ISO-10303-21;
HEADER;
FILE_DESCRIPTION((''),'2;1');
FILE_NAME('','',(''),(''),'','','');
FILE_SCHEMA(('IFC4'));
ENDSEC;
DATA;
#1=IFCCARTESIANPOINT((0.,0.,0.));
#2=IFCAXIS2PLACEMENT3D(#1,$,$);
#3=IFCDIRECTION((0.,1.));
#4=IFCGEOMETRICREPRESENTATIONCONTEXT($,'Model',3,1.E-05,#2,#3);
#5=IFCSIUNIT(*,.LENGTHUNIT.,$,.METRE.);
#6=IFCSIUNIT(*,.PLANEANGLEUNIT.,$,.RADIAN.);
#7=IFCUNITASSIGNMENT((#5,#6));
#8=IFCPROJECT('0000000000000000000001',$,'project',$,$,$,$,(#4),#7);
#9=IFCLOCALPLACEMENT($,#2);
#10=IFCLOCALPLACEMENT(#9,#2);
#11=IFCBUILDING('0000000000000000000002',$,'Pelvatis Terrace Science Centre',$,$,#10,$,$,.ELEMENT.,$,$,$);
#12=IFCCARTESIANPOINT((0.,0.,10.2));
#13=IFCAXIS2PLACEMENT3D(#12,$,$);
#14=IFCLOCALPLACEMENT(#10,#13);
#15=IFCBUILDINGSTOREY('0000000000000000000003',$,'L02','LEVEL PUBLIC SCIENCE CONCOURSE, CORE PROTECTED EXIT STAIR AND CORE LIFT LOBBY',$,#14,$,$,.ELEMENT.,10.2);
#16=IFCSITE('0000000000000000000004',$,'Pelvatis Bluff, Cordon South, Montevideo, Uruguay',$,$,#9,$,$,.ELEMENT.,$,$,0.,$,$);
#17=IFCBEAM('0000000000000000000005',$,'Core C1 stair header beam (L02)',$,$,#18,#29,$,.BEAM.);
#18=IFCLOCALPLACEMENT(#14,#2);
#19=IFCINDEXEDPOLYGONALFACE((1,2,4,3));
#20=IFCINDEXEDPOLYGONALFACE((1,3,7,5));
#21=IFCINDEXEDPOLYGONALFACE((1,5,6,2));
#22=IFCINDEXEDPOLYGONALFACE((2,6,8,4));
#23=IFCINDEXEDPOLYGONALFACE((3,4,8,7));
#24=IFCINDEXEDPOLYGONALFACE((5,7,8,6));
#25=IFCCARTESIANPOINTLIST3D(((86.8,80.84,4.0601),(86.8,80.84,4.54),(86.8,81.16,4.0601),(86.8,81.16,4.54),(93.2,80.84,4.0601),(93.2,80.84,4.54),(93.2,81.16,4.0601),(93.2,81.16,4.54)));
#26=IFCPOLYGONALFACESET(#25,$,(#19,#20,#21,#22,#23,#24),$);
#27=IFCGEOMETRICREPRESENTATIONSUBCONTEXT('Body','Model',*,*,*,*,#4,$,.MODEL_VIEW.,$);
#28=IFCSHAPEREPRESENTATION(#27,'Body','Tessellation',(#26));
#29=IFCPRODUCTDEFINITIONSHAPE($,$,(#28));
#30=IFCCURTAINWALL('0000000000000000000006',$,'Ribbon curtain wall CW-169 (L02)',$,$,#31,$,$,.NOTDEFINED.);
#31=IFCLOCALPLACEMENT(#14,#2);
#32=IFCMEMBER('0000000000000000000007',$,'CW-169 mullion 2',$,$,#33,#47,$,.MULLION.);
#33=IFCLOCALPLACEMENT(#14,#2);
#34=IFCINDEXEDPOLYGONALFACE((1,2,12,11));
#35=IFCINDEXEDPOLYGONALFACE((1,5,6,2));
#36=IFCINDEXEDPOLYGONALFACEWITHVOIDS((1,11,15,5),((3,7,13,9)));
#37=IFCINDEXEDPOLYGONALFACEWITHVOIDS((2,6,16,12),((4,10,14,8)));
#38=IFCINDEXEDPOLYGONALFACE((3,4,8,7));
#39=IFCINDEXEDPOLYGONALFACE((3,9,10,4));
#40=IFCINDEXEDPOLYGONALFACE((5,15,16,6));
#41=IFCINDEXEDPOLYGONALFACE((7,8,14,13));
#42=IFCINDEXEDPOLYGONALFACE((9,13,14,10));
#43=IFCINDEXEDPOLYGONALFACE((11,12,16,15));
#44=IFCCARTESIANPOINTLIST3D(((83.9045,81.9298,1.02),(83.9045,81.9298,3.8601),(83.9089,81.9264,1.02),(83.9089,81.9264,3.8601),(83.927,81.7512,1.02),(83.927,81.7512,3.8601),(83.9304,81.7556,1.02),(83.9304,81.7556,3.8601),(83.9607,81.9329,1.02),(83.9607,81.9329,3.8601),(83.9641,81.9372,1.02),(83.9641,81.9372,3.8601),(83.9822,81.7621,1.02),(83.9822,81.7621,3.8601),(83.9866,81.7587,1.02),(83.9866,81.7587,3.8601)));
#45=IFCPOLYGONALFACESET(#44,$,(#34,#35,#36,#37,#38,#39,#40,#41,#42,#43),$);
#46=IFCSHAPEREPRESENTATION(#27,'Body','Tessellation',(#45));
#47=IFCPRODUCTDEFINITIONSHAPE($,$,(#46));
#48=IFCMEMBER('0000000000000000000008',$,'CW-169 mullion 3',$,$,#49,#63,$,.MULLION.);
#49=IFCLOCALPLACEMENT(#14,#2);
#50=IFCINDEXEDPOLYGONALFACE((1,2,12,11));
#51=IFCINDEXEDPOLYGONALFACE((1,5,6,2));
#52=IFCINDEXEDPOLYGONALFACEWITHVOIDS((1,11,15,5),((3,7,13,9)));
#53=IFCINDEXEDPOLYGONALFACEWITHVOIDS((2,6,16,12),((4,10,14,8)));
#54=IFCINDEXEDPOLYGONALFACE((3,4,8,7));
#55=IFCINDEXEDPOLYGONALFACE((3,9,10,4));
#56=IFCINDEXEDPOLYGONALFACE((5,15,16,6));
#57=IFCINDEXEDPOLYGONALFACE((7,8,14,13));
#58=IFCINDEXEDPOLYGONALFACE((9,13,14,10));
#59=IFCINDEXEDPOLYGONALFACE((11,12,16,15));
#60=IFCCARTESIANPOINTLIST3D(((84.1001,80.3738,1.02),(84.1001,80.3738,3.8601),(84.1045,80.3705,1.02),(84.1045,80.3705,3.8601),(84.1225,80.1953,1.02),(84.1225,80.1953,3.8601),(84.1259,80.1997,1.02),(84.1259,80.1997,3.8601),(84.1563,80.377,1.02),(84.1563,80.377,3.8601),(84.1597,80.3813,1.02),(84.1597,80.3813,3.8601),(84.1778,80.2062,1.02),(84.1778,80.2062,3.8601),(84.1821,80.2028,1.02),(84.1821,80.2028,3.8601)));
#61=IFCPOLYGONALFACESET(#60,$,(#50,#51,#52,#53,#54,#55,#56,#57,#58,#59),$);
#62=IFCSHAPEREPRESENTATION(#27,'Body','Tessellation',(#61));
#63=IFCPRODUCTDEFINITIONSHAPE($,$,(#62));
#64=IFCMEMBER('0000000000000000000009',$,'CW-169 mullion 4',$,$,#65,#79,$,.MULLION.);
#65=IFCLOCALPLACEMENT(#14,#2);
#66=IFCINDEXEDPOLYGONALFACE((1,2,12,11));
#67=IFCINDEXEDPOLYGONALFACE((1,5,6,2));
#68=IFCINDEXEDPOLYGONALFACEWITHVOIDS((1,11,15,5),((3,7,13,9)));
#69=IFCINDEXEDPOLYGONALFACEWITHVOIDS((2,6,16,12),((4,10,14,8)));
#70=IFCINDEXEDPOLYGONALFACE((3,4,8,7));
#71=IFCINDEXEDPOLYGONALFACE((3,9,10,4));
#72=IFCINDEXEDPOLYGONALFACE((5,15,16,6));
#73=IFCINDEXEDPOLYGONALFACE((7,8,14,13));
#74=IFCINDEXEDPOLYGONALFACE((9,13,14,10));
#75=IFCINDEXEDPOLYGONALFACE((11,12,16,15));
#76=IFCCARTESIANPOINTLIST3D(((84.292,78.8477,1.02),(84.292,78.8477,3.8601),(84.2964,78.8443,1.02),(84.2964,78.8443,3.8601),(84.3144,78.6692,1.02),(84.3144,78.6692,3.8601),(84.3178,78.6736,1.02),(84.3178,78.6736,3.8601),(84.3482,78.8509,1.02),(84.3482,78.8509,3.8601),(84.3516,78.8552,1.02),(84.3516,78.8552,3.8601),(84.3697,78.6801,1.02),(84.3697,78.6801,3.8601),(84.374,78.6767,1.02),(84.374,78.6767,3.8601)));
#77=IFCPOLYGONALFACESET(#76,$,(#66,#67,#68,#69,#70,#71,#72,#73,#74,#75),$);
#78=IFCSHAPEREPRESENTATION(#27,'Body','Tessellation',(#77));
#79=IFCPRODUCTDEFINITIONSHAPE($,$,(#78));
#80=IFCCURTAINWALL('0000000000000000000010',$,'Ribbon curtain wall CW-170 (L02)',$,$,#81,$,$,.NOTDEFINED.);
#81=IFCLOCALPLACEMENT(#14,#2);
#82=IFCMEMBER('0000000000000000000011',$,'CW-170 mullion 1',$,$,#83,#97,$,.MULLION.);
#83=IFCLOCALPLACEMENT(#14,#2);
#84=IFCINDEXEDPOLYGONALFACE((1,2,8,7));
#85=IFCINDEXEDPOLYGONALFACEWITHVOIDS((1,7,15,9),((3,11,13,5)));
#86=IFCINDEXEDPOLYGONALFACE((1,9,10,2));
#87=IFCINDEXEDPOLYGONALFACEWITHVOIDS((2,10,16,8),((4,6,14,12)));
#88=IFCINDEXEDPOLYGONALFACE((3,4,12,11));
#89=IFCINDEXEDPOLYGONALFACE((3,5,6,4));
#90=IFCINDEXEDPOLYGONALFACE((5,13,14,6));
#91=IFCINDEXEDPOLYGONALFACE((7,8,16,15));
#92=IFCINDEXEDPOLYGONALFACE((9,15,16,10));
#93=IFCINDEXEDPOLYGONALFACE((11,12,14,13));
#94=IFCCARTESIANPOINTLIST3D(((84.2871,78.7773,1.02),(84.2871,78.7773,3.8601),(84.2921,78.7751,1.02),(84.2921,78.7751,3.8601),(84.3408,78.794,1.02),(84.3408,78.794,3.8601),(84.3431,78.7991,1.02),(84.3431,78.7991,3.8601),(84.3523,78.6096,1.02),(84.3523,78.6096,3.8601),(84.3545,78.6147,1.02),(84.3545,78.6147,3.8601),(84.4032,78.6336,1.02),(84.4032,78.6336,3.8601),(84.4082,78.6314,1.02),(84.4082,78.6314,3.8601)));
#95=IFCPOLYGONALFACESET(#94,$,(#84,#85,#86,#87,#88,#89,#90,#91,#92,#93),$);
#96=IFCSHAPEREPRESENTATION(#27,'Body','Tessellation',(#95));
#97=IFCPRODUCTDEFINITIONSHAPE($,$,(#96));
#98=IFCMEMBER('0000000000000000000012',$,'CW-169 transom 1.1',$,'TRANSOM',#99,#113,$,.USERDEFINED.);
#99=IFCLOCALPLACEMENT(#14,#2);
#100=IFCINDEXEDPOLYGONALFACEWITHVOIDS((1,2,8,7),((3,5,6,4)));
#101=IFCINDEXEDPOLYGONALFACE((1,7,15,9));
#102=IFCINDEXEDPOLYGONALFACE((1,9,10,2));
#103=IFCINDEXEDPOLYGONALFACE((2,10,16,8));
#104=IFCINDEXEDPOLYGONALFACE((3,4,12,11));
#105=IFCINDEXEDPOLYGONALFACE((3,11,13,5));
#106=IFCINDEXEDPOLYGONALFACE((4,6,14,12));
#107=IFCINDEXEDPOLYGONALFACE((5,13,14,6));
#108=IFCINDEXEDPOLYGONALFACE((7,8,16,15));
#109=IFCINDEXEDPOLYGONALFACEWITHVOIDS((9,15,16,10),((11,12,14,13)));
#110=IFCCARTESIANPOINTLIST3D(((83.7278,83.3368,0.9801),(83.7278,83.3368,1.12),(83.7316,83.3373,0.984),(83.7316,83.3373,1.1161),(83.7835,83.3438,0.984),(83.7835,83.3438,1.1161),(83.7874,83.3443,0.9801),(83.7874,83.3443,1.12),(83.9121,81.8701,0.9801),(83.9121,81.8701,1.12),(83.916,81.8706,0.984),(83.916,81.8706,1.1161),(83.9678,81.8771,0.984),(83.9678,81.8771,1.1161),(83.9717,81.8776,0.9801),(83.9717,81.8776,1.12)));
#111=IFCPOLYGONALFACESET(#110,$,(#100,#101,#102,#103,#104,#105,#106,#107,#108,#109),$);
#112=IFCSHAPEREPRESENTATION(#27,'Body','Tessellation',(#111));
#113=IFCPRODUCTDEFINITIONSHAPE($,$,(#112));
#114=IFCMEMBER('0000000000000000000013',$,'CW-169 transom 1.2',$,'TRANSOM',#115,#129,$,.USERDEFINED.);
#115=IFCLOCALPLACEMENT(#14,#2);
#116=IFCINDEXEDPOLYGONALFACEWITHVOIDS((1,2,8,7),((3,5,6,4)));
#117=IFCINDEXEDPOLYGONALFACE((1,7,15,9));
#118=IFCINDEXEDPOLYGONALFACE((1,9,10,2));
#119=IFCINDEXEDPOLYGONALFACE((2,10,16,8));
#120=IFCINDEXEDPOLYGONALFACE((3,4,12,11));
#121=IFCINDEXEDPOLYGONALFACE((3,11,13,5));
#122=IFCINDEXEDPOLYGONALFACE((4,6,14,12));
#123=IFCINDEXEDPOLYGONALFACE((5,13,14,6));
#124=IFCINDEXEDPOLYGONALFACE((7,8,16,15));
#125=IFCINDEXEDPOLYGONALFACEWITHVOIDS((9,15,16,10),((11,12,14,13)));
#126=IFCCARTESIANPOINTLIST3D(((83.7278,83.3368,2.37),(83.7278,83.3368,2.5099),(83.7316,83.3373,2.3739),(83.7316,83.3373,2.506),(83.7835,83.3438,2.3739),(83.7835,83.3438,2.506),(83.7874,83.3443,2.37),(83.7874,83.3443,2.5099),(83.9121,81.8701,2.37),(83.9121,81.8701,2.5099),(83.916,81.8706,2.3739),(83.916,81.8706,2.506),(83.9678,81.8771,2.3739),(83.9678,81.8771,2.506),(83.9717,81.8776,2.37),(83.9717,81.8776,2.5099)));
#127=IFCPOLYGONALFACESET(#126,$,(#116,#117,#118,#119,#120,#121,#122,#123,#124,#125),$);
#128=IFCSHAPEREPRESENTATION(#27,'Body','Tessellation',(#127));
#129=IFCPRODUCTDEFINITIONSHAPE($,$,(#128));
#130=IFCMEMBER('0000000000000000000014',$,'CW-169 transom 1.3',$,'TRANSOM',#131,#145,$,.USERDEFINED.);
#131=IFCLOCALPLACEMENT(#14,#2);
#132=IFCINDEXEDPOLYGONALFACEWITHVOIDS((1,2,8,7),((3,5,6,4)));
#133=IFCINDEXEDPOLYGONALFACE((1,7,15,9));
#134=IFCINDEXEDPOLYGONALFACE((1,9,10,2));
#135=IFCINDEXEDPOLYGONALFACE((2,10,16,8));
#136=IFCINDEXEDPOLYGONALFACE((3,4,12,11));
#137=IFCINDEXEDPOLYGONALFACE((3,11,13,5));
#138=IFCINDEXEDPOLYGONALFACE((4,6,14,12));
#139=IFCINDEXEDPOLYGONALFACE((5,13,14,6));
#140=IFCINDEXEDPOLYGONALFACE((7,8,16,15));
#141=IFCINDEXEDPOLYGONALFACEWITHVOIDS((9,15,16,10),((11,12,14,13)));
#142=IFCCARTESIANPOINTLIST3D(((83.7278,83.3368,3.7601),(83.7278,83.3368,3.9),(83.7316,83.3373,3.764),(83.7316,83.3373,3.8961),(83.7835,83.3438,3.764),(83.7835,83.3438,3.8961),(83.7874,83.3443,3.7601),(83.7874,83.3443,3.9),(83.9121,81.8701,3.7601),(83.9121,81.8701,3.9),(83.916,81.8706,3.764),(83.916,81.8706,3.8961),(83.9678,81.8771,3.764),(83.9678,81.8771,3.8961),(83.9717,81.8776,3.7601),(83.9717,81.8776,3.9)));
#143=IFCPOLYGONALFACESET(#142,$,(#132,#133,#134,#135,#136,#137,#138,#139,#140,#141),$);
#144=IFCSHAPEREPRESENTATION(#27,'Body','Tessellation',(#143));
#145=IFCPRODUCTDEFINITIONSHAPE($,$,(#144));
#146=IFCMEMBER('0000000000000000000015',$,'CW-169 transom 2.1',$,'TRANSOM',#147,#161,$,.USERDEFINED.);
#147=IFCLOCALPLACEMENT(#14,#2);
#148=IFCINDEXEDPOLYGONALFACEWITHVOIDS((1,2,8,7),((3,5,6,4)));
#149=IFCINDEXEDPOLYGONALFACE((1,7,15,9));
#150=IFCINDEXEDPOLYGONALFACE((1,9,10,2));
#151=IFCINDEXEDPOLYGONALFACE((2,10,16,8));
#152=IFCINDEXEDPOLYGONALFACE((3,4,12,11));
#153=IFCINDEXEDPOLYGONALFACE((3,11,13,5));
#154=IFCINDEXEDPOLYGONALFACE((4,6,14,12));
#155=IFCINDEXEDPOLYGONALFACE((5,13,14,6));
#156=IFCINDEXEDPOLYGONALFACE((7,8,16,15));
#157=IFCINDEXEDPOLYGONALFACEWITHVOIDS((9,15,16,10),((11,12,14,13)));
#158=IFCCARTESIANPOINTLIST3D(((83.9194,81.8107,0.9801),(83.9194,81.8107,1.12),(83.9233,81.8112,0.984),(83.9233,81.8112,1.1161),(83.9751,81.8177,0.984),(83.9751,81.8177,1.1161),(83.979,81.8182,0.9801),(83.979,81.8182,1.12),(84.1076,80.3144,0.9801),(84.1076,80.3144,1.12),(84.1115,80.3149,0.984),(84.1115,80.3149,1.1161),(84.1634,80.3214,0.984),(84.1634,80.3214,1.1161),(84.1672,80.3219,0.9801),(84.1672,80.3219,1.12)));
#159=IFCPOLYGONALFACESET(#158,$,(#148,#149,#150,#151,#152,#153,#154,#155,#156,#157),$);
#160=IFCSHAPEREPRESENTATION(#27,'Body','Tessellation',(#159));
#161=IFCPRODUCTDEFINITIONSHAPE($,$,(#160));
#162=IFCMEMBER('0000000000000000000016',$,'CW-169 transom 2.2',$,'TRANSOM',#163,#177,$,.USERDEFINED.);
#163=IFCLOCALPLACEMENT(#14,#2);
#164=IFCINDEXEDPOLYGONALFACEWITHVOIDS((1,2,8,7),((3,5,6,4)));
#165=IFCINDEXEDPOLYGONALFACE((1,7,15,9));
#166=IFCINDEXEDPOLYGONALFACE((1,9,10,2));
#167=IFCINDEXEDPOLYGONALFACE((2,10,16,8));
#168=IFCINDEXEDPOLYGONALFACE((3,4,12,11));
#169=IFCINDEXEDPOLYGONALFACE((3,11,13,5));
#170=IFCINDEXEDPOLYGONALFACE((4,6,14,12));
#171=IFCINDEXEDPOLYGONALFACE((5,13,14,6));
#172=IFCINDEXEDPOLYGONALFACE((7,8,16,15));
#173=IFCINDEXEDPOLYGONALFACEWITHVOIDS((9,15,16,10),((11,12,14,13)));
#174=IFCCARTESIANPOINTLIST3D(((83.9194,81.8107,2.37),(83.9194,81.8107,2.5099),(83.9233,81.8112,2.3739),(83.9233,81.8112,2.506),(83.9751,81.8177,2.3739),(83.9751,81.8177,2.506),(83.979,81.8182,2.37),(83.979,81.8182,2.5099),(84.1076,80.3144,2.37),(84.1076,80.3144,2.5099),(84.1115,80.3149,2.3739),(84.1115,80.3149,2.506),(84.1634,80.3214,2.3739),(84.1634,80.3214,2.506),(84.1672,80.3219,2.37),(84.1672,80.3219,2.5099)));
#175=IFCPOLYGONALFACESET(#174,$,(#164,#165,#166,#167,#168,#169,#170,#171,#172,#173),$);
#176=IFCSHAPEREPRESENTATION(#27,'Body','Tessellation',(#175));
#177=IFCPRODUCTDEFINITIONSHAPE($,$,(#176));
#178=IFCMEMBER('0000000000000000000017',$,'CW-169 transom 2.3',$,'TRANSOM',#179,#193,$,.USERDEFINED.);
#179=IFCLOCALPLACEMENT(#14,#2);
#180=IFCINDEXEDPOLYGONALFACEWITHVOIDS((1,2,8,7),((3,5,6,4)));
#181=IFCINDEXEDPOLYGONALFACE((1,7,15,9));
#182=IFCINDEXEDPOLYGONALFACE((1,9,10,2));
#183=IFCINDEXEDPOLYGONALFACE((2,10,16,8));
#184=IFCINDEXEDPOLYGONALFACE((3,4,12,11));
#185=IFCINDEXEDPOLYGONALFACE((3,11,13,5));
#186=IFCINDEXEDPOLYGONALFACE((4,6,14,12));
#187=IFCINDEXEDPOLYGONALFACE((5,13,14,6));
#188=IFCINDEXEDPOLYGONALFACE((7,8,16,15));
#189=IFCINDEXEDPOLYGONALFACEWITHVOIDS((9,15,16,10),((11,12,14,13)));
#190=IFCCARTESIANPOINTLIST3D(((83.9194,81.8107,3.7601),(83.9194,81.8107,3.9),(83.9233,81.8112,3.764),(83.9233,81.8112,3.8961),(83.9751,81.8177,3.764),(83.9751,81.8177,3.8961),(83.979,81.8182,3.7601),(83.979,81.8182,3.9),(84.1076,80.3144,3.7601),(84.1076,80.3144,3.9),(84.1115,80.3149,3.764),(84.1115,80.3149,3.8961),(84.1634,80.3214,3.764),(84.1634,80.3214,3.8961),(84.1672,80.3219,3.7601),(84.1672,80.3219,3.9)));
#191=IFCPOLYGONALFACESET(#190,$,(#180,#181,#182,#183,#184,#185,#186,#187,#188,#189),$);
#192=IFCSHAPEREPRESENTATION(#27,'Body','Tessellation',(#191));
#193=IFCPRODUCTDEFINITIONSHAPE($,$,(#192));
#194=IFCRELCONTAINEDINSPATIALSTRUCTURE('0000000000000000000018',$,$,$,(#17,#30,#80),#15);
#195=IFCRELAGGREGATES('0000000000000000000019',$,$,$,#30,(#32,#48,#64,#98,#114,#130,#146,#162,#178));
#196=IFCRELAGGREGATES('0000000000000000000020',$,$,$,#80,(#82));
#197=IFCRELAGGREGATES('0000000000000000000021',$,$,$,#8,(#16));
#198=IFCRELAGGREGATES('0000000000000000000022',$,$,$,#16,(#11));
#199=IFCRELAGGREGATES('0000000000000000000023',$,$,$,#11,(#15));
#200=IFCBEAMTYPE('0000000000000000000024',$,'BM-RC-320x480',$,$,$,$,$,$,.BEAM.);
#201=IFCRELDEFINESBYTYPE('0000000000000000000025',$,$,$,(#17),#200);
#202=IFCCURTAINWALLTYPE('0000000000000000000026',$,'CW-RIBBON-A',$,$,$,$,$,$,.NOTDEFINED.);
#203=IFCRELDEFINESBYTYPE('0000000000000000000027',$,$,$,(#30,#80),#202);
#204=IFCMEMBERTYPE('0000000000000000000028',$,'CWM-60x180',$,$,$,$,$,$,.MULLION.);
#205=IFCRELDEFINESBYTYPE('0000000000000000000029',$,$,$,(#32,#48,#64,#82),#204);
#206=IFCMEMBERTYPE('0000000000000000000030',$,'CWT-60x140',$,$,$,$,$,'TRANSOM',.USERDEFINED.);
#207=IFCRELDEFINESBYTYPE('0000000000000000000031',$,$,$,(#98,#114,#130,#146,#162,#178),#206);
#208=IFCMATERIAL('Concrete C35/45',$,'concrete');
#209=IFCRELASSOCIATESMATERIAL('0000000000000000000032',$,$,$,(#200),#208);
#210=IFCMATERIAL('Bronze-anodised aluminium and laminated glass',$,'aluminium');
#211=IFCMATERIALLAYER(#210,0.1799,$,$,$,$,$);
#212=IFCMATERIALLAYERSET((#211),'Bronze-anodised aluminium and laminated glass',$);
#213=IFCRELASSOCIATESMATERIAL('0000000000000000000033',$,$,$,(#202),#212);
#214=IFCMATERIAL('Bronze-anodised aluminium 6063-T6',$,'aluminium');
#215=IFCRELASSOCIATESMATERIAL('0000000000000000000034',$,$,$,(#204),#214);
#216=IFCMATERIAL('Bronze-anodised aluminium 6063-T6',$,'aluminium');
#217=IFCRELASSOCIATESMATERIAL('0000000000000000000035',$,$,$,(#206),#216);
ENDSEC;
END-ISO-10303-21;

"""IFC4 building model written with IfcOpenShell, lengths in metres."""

from ifc_helpers import new_model, si_unit, direction, frame, origin, origin_2d, place, context, subcontext, project, spatial, rectangle, hollow_rectangle, extrude, material, layer, layer_set, material_profile, profile_set, type_object, element, aggregate, save


model = new_model("IFC4")

# Units and contexts
model_context = context("Model", 3, precision=1e-05, world=origin(), true_north=direction((0.0, 1.0)))
body_context = subcontext(model_context, "Body", "Model", "MODEL_VIEW")
ifc_project = project(units=[si_unit("LENGTHUNIT", "METRE"), si_unit("PLANEANGLEUNIT", "RADIAN")], contexts=[model_context])

# Site, building, storey
site_placement = place(None, origin())
site = spatial("IfcSite", under=ifc_project, at=site_placement, Name="Pelvatis Bluff, Cordon South, Montevideo, Uruguay", CompositionType="ELEMENT", RefElevation=0.0)
building_placement = place(site_placement, origin())
building = spatial("IfcBuilding", under=site, at=building_placement, Name="Pelvatis Terrace Science Centre", CompositionType="ELEMENT")
storey_placement = place(building_placement, frame((0.0, 0.0, 10.2)))
storey = spatial("IfcBuildingStorey", under=building, at=storey_placement, Name="L02", Description="LEVEL PUBLIC SCIENCE CONCOURSE, CORE PROTECTED EXIT STAIR AND CORE LIFT LOBBY", CompositionType="ELEMENT", Elevation=10.2)

# Beam
ifc_material_1 = material(Name="Concrete C35/45", Category="concrete")
ifc_material_profile_1 = material_profile(ifc_material_1, rectangle(XDim=0.3201, YDim=0.48, at=origin_2d()), Name="RC-BM 320x480")
ifc_profile_set_1 = profile_set([ifc_material_profile_1], Name="Concrete C35/45")
beam_type = type_object("IfcBeamType", Name="BM-RC-320x480", PredefinedType="BEAM", material=ifc_profile_set_1)
beam_placement = place(storey_placement, frame((86.8, 81.0, 4.3), z_axis=(1.0, 0.0, 0.0), x_axis=(0.0, 1.0, 0.0)))
element("IfcBeam", 1, at=beam_placement, inside=storey, type_object=beam_type, Name="Core C1 stair header beam (L02)", PredefinedType="BEAM", context=body_context, shape_type="SweptSolid", body=[
    extrude(rectangle(XDim=0.3201, YDim=0.48, at=origin_2d()), origin(), (0.0, 0.0, 1.0), 6.3999),
])

# Curtain wall, members
ifc_material_2 = material(Name="Bronze-anodised aluminium and laminated glass", Category="aluminium")
ifc_layer_1 = layer(ifc_material_2, 0.1799)
ifc_layer_set_1 = layer_set([ifc_layer_1], Name="Bronze-anodised aluminium and laminated glass")
curtain_wall_type = type_object("IfcCurtainWallType", Name="CW-RIBBON-A", PredefinedType="NOTDEFINED", material=ifc_layer_set_1)
curtain_wall_1_placement = place(storey_placement, origin())
curtain_wall_1 = element("IfcCurtainWall", 2, at=curtain_wall_1_placement, inside=storey, type_object=curtain_wall_type, Name="Ribbon curtain wall CW-169 (L02)", PredefinedType="NOTDEFINED")
ifc_material_3 = material(Name="Bronze-anodised aluminium 6063-T6", Category="aluminium")
ifc_material_profile_2 = material_profile(ifc_material_3, hollow_rectangle(XDim=0.0601, YDim=0.1799, WallThickness=0.0039, at=origin_2d()), Name="ALU-MUL 60x180")
ifc_profile_set_2 = profile_set([ifc_material_profile_2], Name="Bronze-anodised aluminium 6063-T6")
member_type_1 = type_object("IfcMemberType", Name="CWM-60x180", PredefinedType="MULLION", material=ifc_profile_set_2)
member_1_placement = place(storey_placement, frame((83.9456, 81.8442, 1.02), z_axis=(0.0, 0.0, 1.0), x_axis=(0.992193, 0.124715, 0.0)))
member_1 = element("IfcMember", 3, at=member_1_placement, type_object=member_type_1, Name="CW-169 mullion 2", PredefinedType="MULLION", context=body_context, shape_type="SweptSolid", body=[
    extrude(hollow_rectangle(XDim=0.0601, YDim=0.1799, WallThickness=0.0039, at=origin_2d()), origin(), (0.0, 0.0, 1.0), 2.8401),
])
member_2_placement = place(storey_placement, frame((84.1411, 80.2883, 1.02), z_axis=(0.0, 0.0, 1.0), x_axis=(0.992193, 0.124715, 0.0)))
member_2 = element("IfcMember", 4, at=member_2_placement, type_object=member_type_1, Name="CW-169 mullion 3", PredefinedType="MULLION", context=body_context, shape_type="SweptSolid", body=[
    extrude(hollow_rectangle(XDim=0.0601, YDim=0.1799, WallThickness=0.0039, at=origin_2d()), origin(), (0.0, 0.0, 1.0), 2.8401),
])
member_3_placement = place(storey_placement, frame((84.333, 78.7622, 1.02), z_axis=(0.0, 0.0, 1.0), x_axis=(0.992193, 0.124715, 0.0)))
member_3 = element("IfcMember", 5, at=member_3_placement, type_object=member_type_1, Name="CW-169 mullion 4", PredefinedType="MULLION", context=body_context, shape_type="SweptSolid", body=[
    extrude(hollow_rectangle(XDim=0.0601, YDim=0.1799, WallThickness=0.0039, at=origin_2d()), origin(), (0.0, 0.0, 1.0), 2.8401),
])

# Curtain wall, member
curtain_wall_2_placement = place(storey_placement, origin())
curtain_wall_2 = element("IfcCurtainWall", 6, at=curtain_wall_2_placement, inside=storey, type_object=curtain_wall_type, Name="Ribbon curtain wall CW-170 (L02)", PredefinedType="NOTDEFINED")
member_4_placement = place(storey_placement, frame((84.3477, 78.7043, 1.02), z_axis=(0.0, 0.0, 1.0), x_axis=(0.932092, 0.362221, 0.0)))
member_4 = element("IfcMember", 7, at=member_4_placement, type_object=member_type_1, Name="CW-170 mullion 1", PredefinedType="MULLION", context=body_context, shape_type="SweptSolid", body=[
    extrude(hollow_rectangle(XDim=0.0601, YDim=0.1799, WallThickness=0.0039, at=origin_2d()), origin(), (0.0, 0.0, 1.0), 2.8401),
])

# Members
ifc_material_4 = material(Name="Bronze-anodised aluminium 6063-T6", Category="aluminium")
ifc_material_profile_3 = material_profile(ifc_material_4, hollow_rectangle(XDim=0.0601, YDim=0.1399, WallThickness=0.0039, at=origin_2d()), Name="ALU-TRN 60x140")
ifc_profile_set_3 = profile_set([ifc_material_profile_3], Name="Bronze-anodised aluminium 6063-T6")
member_type_2 = type_object("IfcMemberType", Name="CWT-60x140", ElementType="TRANSOM", PredefinedType="USERDEFINED", material=ifc_profile_set_3)
member_5_placement = place(storey_placement, frame((83.7576, 83.3406, 1.05), z_axis=(0.124685, -0.992196, 0.0), x_axis=(0.992196, 0.124685, 0.0)))
member_5 = element("IfcMember", 8, at=member_5_placement, type_object=member_type_2, Name="CW-169 transom 1.1", ObjectType="TRANSOM", PredefinedType="USERDEFINED", context=body_context, shape_type="SweptSolid", body=[
    extrude(hollow_rectangle(XDim=0.0601, YDim=0.1399, WallThickness=0.0039, at=origin_2d()), origin(), (0.0, 0.0, 1.0), 1.4783),
])
member_6_placement = place(storey_placement, frame((83.7576, 83.3406, 2.4399), z_axis=(0.124685, -0.992196, 0.0), x_axis=(0.992196, 0.124685, 0.0)))
member_6 = element("IfcMember", 9, at=member_6_placement, type_object=member_type_2, Name="CW-169 transom 1.2", ObjectType="TRANSOM", PredefinedType="USERDEFINED", context=body_context, shape_type="SweptSolid", body=[
    extrude(hollow_rectangle(XDim=0.0601, YDim=0.1399, WallThickness=0.0039, at=origin_2d()), origin(), (0.0, 0.0, 1.0), 1.4783),
])
member_7_placement = place(storey_placement, frame((83.7576, 83.3406, 3.8301), z_axis=(0.124685, -0.992196, 0.0), x_axis=(0.992196, 0.124685, 0.0)))
member_7 = element("IfcMember", 10, at=member_7_placement, type_object=member_type_2, Name="CW-169 transom 1.3", ObjectType="TRANSOM", PredefinedType="USERDEFINED", context=body_context, shape_type="SweptSolid", body=[
    extrude(hollow_rectangle(XDim=0.0601, YDim=0.1399, WallThickness=0.0039, at=origin_2d()), origin(), (0.0, 0.0, 1.0), 1.4783),
])
member_8_placement = place(storey_placement, frame((83.9492, 81.8145, 1.05), z_axis=(0.124812, -0.99218, 0.0), x_axis=(0.99218, 0.124812, 0.0)))
member_8 = element("IfcMember", 11, at=member_8_placement, type_object=member_type_2, Name="CW-169 transom 2.1", ObjectType="TRANSOM", PredefinedType="USERDEFINED", context=body_context, shape_type="SweptSolid", body=[
    extrude(hollow_rectangle(XDim=0.0601, YDim=0.1399, WallThickness=0.0039, at=origin_2d()), origin(), (0.0, 0.0, 1.0), 1.5081),
])
member_9_placement = place(storey_placement, frame((83.9492, 81.8145, 2.4399), z_axis=(0.124812, -0.99218, 0.0), x_axis=(0.99218, 0.124812, 0.0)))
member_9 = element("IfcMember", 12, at=member_9_placement, type_object=member_type_2, Name="CW-169 transom 2.2", ObjectType="TRANSOM", PredefinedType="USERDEFINED", context=body_context, shape_type="SweptSolid", body=[
    extrude(hollow_rectangle(XDim=0.0601, YDim=0.1399, WallThickness=0.0039, at=origin_2d()), origin(), (0.0, 0.0, 1.0), 1.5081),
])
member_10_placement = place(storey_placement, frame((83.9492, 81.8145, 3.8301), z_axis=(0.124812, -0.99218, 0.0), x_axis=(0.99218, 0.124812, 0.0)))
member_10 = element("IfcMember", 13, at=member_10_placement, type_object=member_type_2, Name="CW-169 transom 2.3", ObjectType="TRANSOM", PredefinedType="USERDEFINED", context=body_context, shape_type="SweptSolid", body=[
    extrude(hollow_rectangle(XDim=0.0601, YDim=0.1399, WallThickness=0.0039, at=origin_2d()), origin(), (0.0, 0.0, 1.0), 1.5081),
])

aggregate(curtain_wall_1, [member_1, member_2, member_3, member_5, member_6, member_7, member_8, member_9, member_10])
aggregate(curtain_wall_2, [member_4])

save(model, "model.ifc")
